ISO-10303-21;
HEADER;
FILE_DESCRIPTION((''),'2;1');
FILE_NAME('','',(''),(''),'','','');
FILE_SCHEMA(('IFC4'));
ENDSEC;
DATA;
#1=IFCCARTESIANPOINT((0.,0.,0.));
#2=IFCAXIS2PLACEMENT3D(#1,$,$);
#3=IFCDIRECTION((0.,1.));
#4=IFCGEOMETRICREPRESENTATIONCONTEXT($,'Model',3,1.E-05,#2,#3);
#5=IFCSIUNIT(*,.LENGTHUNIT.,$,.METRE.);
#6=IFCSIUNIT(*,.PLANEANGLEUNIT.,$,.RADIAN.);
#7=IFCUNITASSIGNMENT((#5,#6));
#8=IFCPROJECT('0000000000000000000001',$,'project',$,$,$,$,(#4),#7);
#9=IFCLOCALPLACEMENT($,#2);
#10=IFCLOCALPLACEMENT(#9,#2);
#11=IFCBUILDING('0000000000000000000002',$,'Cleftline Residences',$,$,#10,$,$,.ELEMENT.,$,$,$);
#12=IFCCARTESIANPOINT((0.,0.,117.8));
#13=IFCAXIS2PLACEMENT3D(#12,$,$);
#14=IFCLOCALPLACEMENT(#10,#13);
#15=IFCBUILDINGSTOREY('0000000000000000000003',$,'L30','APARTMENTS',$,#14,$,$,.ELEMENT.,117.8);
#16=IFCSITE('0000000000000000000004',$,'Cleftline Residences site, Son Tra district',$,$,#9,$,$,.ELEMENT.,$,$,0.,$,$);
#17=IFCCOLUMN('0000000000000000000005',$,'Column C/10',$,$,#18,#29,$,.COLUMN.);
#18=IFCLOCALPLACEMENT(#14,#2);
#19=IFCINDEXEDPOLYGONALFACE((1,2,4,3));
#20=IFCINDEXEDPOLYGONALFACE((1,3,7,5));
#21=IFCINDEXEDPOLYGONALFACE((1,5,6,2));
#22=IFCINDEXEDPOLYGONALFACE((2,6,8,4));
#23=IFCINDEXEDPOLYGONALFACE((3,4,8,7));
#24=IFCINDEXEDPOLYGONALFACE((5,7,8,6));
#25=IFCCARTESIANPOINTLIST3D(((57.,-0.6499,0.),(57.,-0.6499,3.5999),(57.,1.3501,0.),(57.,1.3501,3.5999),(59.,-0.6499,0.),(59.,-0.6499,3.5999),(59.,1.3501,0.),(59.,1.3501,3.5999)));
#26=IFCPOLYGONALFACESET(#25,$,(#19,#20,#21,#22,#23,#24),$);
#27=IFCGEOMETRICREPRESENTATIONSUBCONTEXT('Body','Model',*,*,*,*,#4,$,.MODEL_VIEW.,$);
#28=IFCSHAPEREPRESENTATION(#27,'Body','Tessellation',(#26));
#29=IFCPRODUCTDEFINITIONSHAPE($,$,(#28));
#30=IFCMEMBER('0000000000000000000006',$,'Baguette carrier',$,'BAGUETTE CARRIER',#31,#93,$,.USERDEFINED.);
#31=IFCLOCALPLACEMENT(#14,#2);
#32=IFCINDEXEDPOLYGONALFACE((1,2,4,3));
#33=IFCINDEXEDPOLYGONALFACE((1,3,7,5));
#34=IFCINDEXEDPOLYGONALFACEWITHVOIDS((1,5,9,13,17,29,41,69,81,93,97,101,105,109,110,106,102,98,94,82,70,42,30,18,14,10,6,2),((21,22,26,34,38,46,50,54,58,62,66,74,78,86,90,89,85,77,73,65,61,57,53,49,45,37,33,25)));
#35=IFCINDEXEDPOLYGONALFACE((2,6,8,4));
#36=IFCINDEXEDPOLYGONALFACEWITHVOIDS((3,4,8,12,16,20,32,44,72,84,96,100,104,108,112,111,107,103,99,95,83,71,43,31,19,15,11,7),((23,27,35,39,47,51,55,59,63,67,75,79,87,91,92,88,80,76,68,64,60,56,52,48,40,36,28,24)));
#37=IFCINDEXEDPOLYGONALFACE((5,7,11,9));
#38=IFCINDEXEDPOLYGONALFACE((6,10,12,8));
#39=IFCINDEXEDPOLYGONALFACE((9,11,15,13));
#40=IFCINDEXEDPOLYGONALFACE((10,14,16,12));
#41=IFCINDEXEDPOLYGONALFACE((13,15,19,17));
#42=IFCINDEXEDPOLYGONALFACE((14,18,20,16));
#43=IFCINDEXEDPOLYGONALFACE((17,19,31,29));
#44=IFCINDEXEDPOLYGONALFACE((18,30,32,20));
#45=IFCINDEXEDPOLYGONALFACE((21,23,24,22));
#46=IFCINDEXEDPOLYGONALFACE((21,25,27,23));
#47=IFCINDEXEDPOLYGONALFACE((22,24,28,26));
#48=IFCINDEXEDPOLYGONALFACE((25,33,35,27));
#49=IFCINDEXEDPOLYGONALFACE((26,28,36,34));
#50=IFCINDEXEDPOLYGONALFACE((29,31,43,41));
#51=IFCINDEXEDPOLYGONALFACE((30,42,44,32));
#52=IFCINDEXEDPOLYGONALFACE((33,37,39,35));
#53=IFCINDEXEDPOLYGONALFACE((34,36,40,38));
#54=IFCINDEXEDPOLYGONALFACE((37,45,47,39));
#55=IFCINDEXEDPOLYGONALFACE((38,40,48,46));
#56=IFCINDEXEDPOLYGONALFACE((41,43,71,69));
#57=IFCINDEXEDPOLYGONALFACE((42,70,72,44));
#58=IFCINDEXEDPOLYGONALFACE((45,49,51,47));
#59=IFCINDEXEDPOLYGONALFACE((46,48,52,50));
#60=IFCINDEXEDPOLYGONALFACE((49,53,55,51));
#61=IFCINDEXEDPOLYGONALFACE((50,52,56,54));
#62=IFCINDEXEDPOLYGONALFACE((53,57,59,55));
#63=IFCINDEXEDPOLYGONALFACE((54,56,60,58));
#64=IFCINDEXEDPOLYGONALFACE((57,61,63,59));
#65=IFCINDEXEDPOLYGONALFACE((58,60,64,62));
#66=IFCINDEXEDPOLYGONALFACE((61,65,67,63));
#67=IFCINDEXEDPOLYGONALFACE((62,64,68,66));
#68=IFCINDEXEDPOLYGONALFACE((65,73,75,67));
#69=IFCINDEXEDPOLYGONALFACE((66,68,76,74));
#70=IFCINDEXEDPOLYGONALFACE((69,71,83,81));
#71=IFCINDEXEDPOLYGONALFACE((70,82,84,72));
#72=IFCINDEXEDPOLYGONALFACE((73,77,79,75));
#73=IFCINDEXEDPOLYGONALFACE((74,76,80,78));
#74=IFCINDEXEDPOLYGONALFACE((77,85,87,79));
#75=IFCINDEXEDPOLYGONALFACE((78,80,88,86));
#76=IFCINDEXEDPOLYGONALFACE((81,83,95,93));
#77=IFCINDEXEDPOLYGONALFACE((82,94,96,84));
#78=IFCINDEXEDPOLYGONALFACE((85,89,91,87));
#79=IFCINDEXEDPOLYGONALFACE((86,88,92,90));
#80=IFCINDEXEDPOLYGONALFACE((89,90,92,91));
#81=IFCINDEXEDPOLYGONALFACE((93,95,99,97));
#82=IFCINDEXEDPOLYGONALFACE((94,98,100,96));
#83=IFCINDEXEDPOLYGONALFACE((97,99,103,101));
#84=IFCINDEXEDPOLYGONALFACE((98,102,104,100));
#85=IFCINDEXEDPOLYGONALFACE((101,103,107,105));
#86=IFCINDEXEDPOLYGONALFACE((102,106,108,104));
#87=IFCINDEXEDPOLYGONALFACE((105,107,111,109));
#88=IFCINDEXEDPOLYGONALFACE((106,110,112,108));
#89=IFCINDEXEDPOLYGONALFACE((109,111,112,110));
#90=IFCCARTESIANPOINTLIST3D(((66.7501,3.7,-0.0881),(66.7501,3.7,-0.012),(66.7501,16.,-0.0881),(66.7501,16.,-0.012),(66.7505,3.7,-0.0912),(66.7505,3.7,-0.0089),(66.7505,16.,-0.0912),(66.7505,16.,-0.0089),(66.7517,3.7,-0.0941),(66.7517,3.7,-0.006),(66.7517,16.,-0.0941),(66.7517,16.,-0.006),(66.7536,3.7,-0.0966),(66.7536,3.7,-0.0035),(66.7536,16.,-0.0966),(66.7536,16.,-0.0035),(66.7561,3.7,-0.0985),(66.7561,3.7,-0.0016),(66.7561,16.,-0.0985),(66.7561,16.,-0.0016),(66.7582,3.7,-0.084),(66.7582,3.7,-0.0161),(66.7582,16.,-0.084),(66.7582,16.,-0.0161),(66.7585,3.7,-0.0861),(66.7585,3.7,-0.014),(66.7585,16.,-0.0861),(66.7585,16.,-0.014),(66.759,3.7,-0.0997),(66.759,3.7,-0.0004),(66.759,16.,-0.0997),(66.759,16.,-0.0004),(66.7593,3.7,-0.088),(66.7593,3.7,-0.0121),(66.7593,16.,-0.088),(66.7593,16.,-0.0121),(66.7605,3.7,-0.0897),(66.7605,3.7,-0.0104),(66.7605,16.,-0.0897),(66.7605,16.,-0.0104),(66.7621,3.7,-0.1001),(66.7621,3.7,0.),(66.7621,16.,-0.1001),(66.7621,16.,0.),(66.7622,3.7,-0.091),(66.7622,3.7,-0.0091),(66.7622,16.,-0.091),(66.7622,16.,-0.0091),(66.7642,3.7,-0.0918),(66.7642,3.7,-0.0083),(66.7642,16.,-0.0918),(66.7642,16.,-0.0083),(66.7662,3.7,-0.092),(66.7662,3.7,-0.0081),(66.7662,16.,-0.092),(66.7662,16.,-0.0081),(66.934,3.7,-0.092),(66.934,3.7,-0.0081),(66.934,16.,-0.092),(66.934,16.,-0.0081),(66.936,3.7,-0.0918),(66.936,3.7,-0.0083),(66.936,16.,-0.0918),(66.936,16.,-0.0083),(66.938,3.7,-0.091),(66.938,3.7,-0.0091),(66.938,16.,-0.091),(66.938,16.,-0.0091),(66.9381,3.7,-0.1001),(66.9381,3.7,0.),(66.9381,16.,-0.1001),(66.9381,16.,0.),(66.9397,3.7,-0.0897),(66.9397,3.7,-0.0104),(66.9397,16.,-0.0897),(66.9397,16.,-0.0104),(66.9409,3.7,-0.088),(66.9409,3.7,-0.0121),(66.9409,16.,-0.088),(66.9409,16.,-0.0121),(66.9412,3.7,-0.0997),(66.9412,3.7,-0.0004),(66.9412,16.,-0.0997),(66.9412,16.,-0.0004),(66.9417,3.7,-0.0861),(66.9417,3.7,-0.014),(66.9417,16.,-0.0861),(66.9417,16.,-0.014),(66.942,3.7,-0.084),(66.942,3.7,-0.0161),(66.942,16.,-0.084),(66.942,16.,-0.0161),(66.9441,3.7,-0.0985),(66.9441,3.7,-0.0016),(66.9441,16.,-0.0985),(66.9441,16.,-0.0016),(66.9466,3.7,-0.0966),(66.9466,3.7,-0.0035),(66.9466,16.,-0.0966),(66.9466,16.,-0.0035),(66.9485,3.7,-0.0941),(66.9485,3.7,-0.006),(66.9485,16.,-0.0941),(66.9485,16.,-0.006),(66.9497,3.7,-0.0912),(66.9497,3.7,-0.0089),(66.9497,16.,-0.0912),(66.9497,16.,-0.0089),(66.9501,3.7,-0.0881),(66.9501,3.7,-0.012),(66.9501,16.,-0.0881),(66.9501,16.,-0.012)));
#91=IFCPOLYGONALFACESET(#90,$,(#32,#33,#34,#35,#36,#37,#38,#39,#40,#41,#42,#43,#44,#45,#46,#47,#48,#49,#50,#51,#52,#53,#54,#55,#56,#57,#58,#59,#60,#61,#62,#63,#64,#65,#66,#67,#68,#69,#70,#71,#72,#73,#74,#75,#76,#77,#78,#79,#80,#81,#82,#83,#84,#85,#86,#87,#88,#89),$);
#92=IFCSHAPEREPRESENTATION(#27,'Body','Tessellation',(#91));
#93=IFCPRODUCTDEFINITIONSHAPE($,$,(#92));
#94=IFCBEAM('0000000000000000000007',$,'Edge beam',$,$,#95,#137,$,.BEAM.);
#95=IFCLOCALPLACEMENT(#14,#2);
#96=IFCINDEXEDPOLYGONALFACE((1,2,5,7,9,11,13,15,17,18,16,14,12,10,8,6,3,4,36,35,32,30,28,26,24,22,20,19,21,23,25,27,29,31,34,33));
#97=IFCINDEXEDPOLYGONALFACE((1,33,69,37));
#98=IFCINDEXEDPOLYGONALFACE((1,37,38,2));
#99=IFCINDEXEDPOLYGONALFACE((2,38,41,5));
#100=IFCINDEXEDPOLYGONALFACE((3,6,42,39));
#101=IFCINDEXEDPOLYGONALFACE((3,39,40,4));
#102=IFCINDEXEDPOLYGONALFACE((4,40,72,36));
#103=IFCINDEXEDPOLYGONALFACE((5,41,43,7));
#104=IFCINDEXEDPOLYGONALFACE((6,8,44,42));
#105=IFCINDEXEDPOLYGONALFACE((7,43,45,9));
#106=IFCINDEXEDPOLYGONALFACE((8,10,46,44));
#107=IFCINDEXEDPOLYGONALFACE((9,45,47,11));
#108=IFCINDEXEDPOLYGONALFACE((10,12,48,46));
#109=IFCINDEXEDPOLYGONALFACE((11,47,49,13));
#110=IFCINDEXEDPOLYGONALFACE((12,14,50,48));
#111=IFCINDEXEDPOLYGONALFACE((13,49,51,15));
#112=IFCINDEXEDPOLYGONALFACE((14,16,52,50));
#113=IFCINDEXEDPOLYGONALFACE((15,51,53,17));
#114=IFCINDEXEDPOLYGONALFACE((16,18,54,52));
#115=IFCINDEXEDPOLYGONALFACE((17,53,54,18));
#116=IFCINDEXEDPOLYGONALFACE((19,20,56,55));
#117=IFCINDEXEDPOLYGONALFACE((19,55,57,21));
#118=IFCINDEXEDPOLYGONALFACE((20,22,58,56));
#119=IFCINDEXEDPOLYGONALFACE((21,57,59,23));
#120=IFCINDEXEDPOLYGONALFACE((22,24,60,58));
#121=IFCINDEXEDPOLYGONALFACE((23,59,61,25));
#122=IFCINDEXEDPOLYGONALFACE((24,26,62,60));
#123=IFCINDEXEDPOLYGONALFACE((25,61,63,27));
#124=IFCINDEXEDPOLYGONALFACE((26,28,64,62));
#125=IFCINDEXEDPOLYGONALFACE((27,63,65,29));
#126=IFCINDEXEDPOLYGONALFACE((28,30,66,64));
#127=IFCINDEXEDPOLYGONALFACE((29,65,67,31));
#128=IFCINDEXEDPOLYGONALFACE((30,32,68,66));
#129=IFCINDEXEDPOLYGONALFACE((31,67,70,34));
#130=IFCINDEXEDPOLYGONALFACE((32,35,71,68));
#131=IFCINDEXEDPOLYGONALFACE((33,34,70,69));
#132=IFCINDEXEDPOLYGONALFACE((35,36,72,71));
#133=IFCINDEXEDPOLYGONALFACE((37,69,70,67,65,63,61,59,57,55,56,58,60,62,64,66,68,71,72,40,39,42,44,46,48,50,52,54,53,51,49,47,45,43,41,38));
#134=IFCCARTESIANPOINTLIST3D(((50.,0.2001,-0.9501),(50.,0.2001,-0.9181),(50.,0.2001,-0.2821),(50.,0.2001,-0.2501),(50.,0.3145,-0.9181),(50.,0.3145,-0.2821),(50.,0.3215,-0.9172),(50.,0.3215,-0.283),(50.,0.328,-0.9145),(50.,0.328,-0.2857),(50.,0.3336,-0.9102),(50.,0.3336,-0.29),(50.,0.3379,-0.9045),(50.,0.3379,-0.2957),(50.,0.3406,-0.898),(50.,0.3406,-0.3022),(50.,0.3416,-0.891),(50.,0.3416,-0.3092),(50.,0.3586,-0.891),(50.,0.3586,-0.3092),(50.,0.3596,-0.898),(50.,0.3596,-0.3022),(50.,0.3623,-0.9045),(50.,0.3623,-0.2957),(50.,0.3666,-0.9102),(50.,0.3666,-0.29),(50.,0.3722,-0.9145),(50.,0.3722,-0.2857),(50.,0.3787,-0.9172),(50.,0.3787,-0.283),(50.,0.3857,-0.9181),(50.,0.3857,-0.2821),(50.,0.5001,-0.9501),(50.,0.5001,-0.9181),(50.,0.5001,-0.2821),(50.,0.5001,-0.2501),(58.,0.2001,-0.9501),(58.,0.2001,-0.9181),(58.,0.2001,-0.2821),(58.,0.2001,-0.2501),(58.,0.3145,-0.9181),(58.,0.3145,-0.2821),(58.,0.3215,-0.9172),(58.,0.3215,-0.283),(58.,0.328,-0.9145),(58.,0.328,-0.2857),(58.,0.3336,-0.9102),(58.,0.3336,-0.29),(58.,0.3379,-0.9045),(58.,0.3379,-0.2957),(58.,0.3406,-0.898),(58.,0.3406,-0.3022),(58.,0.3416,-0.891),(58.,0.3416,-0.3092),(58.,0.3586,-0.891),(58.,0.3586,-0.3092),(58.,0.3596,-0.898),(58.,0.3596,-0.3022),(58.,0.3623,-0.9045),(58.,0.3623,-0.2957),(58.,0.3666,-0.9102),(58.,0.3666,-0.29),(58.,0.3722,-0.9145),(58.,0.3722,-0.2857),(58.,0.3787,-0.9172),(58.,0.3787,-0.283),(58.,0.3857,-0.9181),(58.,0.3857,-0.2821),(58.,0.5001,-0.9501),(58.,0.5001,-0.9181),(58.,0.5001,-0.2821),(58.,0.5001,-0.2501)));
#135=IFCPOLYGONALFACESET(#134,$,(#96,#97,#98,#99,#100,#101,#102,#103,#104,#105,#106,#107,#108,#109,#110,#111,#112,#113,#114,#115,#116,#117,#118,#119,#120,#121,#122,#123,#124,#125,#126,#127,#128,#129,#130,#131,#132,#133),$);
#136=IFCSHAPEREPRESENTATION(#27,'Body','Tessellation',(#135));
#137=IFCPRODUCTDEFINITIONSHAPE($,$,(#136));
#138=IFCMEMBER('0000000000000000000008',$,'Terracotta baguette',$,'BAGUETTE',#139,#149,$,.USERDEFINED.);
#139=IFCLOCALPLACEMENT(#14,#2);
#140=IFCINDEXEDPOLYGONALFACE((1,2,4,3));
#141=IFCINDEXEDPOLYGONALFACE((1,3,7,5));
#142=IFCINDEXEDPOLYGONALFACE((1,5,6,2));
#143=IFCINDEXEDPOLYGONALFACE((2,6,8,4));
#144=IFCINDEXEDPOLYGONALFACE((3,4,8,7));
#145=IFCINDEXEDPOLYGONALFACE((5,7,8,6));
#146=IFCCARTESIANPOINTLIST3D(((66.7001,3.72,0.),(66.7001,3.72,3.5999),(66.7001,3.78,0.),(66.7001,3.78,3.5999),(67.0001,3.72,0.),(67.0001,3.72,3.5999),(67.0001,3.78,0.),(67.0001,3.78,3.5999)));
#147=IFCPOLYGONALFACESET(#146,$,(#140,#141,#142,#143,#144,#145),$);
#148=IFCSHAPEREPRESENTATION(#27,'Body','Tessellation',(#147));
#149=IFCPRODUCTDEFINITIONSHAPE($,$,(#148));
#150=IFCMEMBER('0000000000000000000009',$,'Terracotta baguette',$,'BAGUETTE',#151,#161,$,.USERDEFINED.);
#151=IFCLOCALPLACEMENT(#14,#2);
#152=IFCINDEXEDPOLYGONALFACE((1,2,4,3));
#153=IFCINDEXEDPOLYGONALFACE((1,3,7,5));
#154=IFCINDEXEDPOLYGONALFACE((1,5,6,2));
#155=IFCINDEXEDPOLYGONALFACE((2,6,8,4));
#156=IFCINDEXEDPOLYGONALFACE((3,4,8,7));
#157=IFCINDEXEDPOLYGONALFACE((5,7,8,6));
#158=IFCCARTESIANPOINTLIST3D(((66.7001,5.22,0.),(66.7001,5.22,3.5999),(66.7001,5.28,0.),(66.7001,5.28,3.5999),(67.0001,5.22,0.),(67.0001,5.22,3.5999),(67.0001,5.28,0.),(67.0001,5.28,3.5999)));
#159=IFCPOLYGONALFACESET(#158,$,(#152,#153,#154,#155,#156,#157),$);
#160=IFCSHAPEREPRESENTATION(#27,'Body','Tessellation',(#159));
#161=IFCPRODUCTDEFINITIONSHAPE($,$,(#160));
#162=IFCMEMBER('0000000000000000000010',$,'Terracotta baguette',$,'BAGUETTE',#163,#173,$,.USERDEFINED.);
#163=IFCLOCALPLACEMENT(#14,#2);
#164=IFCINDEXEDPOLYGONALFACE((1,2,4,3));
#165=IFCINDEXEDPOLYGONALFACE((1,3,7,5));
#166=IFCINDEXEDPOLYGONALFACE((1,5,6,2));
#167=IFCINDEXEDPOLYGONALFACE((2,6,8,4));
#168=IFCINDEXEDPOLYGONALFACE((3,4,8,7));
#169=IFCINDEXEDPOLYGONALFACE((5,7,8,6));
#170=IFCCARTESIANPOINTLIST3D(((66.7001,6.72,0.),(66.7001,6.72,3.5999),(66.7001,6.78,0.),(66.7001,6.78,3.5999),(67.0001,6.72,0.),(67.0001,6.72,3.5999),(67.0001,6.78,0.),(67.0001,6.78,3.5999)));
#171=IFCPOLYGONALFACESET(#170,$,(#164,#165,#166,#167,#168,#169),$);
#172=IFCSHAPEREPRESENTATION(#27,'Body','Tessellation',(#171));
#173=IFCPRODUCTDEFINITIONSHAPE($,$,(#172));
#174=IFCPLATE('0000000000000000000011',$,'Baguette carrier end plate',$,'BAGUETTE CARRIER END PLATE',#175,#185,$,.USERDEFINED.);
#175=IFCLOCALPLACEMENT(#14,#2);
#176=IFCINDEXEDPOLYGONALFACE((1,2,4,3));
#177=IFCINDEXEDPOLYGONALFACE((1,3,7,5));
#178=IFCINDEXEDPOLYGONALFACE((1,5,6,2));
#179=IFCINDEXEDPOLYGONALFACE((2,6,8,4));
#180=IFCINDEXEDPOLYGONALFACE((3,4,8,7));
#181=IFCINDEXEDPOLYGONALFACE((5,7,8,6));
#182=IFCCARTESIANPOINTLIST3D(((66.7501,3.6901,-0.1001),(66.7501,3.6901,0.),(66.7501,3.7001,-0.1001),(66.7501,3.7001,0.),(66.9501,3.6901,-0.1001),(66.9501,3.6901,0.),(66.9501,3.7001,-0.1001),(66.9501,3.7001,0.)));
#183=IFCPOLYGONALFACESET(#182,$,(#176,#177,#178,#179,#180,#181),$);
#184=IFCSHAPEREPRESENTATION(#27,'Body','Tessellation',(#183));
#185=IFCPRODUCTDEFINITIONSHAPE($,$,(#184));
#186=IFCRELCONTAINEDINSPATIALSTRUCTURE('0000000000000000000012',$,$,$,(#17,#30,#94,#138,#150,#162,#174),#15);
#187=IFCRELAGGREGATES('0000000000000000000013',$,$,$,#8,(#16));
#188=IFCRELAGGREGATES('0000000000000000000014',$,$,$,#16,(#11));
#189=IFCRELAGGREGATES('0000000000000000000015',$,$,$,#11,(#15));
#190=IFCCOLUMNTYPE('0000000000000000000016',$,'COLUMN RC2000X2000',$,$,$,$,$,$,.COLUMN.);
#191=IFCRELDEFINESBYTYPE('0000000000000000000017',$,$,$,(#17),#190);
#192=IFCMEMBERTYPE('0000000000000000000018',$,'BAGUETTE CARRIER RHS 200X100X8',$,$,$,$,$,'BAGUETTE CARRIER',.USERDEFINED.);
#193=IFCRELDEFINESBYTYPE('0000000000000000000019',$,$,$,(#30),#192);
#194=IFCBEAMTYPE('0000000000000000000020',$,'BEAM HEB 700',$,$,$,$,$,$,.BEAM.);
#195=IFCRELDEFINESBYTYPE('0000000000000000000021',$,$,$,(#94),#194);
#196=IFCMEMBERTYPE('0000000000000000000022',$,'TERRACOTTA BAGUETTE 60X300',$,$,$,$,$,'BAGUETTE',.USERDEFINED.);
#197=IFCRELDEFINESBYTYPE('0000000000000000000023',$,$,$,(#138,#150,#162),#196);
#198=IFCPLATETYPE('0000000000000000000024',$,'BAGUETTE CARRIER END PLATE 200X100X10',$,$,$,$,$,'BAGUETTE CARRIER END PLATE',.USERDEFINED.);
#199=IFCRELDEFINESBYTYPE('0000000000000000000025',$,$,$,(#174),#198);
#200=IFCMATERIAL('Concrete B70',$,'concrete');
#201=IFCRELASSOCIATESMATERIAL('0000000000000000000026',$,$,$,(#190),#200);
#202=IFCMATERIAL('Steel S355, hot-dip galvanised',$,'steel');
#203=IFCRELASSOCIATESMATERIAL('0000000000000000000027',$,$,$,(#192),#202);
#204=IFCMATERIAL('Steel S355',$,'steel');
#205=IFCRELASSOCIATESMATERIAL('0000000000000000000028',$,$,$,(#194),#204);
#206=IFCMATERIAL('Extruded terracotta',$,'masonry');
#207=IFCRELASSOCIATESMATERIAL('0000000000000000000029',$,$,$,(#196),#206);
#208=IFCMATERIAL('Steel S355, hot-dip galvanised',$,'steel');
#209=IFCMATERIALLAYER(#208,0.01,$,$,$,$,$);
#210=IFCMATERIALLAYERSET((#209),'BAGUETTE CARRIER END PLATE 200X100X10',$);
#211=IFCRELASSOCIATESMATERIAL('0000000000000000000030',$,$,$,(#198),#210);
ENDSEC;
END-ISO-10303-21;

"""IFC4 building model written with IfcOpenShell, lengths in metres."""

from ifc_helpers import new_model, si_unit, direction, frame, origin, origin_2d, place, context, subcontext, project, spatial, rectangle, hollow_rectangle, i_section, extrude, material, layer, layer_set, material_profile, profile_set, type_object, element, save


model = new_model("IFC4")

# Units and contexts
model_context = context("Model", 3, precision=1e-05, world=origin(), true_north=direction((0.0, 1.0)))
body_context = subcontext(model_context, "Body", "Model", "MODEL_VIEW")
ifc_project = project(units=[si_unit("LENGTHUNIT", "METRE"), si_unit("PLANEANGLEUNIT", "RADIAN")], contexts=[model_context])

# Site, building, storey
site_placement = place(None, origin())
site = spatial("IfcSite", under=ifc_project, at=site_placement, Name="Cleftline Residences site, Son Tra district", CompositionType="ELEMENT", RefElevation=0.0)
building_placement = place(site_placement, origin())
building = spatial("IfcBuilding", under=site, at=building_placement, Name="Cleftline Residences", CompositionType="ELEMENT")
storey_placement = place(building_placement, frame((0.0, 0.0, 117.8)))
storey = spatial("IfcBuildingStorey", under=building, at=storey_placement, Name="L30", Description="APARTMENTS", CompositionType="ELEMENT", Elevation=117.8)

# Column
ifc_material_1 = material(Name="Concrete B70", Category="concrete")
ifc_material_profile_1 = material_profile(ifc_material_1, rectangle(XDim=2.0, YDim=2.0, at=origin_2d()))
ifc_profile_set_1 = profile_set([ifc_material_profile_1], Name="Concrete B70")
column_type = type_object("IfcColumnType", Name="COLUMN RC2000X2000", PredefinedType="COLUMN", material=ifc_profile_set_1)
column_placement = place(storey_placement, frame((58.0, 0.3501, 0.0), z_axis=(0.0, 0.0, 1.0), x_axis=(1.0, 0.0, 0.0)))
element("IfcColumn", 1, at=column_placement, inside=storey, type_object=column_type, Name="Column C/10", PredefinedType="COLUMN", context=body_context, shape_type="SweptSolid", body=[
    extrude(rectangle(XDim=2.0, YDim=2.0, at=origin_2d()), origin(), (0.0, 0.0, 1.0), 3.5999),
])

# Member
ifc_material_2 = material(Name="Steel S355, hot-dip galvanised", Category="steel")
ifc_material_profile_2 = material_profile(ifc_material_2, hollow_rectangle(XDim=0.1001, YDim=0.2, WallThickness=0.0081, InnerFilletRadius=0.0081, OuterFilletRadius=0.012, at=origin_2d()))
ifc_profile_set_2 = profile_set([ifc_material_profile_2], Name="Steel S355, hot-dip galvanised")
member_type_1 = type_object("IfcMemberType", Name="BAGUETTE CARRIER RHS 200X100X8", ElementType="BAGUETTE CARRIER", PredefinedType="USERDEFINED", material=ifc_profile_set_2)
member_placement = place(storey_placement, frame((66.8501, 3.7, -0.05), z_axis=(0.0, 1.0, 0.0), x_axis=(0.0, 0.0, 1.0)))
element("IfcMember", 2, at=member_placement, inside=storey, type_object=member_type_1, Name="Baguette carrier", ObjectType="BAGUETTE CARRIER", PredefinedType="USERDEFINED", context=body_context, shape_type="SweptSolid", body=[
    extrude(hollow_rectangle(XDim=0.1001, YDim=0.2, WallThickness=0.0081, InnerFilletRadius=0.0081, OuterFilletRadius=0.012, at=origin_2d()), origin(), (0.0, 0.0, 1.0), 12.3),
])

# Beam
ifc_material_3 = material(Name="Steel S355", Category="steel")
ifc_material_profile_3 = material_profile(ifc_material_3, i_section(OverallWidth=0.3, OverallDepth=0.7, WebThickness=0.0171, FlangeThickness=0.032, FilletRadius=0.0271, at=origin_2d()))
ifc_profile_set_3 = profile_set([ifc_material_profile_3], Name="Steel S355")
beam_type = type_object("IfcBeamType", Name="BEAM HEB 700", PredefinedType="BEAM", material=ifc_profile_set_3)
beam_placement = place(storey_placement, frame((58.0, 0.3501, -0.6001), z_axis=(-1.0, 0.0, 0.0), x_axis=(0.0, -1.0, 0.0)))
element("IfcBeam", 3, at=beam_placement, inside=storey, type_object=beam_type, Name="Edge beam", PredefinedType="BEAM", context=body_context, shape_type="SweptSolid", body=[
    extrude(i_section(OverallWidth=0.3, OverallDepth=0.7, WebThickness=0.0171, FlangeThickness=0.032, FilletRadius=0.0271, at=origin_2d()), origin(), (0.0, 0.0, 1.0), 8.0),
])

# Members
ifc_material_4 = material(Name="Extruded terracotta", Category="masonry")
ifc_material_profile_4 = material_profile(ifc_material_4, rectangle(XDim=0.0601, YDim=0.3, at=origin_2d()))
ifc_profile_set_4 = profile_set([ifc_material_profile_4], Name="Extruded terracotta")
member_type_2 = type_object("IfcMemberType", Name="TERRACOTTA BAGUETTE 60X300", ElementType="BAGUETTE", PredefinedType="USERDEFINED", material=ifc_profile_set_4)
for number, where, z_axis, x_axis, name in (
    (4, (66.8501, 3.75, 0.0), (0.0, 0.0, 1.0), (0.0, 1.0, 0.0), "Terracotta baguette"),
    (5, (66.8501, 5.25, 0.0), (0.0, 0.0, 1.0), (0.0, 1.0, 0.0), "Terracotta baguette"),
    (6, (66.8501, 6.75, 0.0), (0.0, 0.0, 1.0), (0.0, 1.0, 0.0), "Terracotta baguette"),
):
    element("IfcMember", number, at=place(storey_placement, frame(where, z_axis=z_axis, x_axis=x_axis)), inside=storey, type_object=member_type_2, Name=name, ObjectType="BAGUETTE", PredefinedType="USERDEFINED", context=body_context, shape_type="SweptSolid", body=[
        extrude(rectangle(XDim=0.0601, YDim=0.3, at=origin_2d()), origin(), (0.0, 0.0, 1.0), 3.5999),
    ])

# Plate
ifc_material_5 = material(Name="Steel S355, hot-dip galvanised", Category="steel")
ifc_layer_1 = layer(ifc_material_5, 0.01)
ifc_layer_set_1 = layer_set([ifc_layer_1], Name="BAGUETTE CARRIER END PLATE 200X100X10")
plate_type = type_object("IfcPlateType", Name="BAGUETTE CARRIER END PLATE 200X100X10", ElementType="BAGUETTE CARRIER END PLATE", PredefinedType="USERDEFINED", material=ifc_layer_set_1)
plate_placement = place(storey_placement, frame((66.8501, 3.6951, -0.1001), z_axis=(0.0, 0.0, 1.0), x_axis=(1.0, 0.0, 0.0)))
element("IfcPlate", 7, at=plate_placement, inside=storey, type_object=plate_type, Name="Baguette carrier end plate", ObjectType="BAGUETTE CARRIER END PLATE", PredefinedType="USERDEFINED", context=body_context, shape_type="SweptSolid", body=[
    extrude(rectangle(XDim=0.2, YDim=0.01, at=origin_2d()), origin(), (0.0, 0.0, 1.0), 0.1001),
])

save(model, "model.ifc")
